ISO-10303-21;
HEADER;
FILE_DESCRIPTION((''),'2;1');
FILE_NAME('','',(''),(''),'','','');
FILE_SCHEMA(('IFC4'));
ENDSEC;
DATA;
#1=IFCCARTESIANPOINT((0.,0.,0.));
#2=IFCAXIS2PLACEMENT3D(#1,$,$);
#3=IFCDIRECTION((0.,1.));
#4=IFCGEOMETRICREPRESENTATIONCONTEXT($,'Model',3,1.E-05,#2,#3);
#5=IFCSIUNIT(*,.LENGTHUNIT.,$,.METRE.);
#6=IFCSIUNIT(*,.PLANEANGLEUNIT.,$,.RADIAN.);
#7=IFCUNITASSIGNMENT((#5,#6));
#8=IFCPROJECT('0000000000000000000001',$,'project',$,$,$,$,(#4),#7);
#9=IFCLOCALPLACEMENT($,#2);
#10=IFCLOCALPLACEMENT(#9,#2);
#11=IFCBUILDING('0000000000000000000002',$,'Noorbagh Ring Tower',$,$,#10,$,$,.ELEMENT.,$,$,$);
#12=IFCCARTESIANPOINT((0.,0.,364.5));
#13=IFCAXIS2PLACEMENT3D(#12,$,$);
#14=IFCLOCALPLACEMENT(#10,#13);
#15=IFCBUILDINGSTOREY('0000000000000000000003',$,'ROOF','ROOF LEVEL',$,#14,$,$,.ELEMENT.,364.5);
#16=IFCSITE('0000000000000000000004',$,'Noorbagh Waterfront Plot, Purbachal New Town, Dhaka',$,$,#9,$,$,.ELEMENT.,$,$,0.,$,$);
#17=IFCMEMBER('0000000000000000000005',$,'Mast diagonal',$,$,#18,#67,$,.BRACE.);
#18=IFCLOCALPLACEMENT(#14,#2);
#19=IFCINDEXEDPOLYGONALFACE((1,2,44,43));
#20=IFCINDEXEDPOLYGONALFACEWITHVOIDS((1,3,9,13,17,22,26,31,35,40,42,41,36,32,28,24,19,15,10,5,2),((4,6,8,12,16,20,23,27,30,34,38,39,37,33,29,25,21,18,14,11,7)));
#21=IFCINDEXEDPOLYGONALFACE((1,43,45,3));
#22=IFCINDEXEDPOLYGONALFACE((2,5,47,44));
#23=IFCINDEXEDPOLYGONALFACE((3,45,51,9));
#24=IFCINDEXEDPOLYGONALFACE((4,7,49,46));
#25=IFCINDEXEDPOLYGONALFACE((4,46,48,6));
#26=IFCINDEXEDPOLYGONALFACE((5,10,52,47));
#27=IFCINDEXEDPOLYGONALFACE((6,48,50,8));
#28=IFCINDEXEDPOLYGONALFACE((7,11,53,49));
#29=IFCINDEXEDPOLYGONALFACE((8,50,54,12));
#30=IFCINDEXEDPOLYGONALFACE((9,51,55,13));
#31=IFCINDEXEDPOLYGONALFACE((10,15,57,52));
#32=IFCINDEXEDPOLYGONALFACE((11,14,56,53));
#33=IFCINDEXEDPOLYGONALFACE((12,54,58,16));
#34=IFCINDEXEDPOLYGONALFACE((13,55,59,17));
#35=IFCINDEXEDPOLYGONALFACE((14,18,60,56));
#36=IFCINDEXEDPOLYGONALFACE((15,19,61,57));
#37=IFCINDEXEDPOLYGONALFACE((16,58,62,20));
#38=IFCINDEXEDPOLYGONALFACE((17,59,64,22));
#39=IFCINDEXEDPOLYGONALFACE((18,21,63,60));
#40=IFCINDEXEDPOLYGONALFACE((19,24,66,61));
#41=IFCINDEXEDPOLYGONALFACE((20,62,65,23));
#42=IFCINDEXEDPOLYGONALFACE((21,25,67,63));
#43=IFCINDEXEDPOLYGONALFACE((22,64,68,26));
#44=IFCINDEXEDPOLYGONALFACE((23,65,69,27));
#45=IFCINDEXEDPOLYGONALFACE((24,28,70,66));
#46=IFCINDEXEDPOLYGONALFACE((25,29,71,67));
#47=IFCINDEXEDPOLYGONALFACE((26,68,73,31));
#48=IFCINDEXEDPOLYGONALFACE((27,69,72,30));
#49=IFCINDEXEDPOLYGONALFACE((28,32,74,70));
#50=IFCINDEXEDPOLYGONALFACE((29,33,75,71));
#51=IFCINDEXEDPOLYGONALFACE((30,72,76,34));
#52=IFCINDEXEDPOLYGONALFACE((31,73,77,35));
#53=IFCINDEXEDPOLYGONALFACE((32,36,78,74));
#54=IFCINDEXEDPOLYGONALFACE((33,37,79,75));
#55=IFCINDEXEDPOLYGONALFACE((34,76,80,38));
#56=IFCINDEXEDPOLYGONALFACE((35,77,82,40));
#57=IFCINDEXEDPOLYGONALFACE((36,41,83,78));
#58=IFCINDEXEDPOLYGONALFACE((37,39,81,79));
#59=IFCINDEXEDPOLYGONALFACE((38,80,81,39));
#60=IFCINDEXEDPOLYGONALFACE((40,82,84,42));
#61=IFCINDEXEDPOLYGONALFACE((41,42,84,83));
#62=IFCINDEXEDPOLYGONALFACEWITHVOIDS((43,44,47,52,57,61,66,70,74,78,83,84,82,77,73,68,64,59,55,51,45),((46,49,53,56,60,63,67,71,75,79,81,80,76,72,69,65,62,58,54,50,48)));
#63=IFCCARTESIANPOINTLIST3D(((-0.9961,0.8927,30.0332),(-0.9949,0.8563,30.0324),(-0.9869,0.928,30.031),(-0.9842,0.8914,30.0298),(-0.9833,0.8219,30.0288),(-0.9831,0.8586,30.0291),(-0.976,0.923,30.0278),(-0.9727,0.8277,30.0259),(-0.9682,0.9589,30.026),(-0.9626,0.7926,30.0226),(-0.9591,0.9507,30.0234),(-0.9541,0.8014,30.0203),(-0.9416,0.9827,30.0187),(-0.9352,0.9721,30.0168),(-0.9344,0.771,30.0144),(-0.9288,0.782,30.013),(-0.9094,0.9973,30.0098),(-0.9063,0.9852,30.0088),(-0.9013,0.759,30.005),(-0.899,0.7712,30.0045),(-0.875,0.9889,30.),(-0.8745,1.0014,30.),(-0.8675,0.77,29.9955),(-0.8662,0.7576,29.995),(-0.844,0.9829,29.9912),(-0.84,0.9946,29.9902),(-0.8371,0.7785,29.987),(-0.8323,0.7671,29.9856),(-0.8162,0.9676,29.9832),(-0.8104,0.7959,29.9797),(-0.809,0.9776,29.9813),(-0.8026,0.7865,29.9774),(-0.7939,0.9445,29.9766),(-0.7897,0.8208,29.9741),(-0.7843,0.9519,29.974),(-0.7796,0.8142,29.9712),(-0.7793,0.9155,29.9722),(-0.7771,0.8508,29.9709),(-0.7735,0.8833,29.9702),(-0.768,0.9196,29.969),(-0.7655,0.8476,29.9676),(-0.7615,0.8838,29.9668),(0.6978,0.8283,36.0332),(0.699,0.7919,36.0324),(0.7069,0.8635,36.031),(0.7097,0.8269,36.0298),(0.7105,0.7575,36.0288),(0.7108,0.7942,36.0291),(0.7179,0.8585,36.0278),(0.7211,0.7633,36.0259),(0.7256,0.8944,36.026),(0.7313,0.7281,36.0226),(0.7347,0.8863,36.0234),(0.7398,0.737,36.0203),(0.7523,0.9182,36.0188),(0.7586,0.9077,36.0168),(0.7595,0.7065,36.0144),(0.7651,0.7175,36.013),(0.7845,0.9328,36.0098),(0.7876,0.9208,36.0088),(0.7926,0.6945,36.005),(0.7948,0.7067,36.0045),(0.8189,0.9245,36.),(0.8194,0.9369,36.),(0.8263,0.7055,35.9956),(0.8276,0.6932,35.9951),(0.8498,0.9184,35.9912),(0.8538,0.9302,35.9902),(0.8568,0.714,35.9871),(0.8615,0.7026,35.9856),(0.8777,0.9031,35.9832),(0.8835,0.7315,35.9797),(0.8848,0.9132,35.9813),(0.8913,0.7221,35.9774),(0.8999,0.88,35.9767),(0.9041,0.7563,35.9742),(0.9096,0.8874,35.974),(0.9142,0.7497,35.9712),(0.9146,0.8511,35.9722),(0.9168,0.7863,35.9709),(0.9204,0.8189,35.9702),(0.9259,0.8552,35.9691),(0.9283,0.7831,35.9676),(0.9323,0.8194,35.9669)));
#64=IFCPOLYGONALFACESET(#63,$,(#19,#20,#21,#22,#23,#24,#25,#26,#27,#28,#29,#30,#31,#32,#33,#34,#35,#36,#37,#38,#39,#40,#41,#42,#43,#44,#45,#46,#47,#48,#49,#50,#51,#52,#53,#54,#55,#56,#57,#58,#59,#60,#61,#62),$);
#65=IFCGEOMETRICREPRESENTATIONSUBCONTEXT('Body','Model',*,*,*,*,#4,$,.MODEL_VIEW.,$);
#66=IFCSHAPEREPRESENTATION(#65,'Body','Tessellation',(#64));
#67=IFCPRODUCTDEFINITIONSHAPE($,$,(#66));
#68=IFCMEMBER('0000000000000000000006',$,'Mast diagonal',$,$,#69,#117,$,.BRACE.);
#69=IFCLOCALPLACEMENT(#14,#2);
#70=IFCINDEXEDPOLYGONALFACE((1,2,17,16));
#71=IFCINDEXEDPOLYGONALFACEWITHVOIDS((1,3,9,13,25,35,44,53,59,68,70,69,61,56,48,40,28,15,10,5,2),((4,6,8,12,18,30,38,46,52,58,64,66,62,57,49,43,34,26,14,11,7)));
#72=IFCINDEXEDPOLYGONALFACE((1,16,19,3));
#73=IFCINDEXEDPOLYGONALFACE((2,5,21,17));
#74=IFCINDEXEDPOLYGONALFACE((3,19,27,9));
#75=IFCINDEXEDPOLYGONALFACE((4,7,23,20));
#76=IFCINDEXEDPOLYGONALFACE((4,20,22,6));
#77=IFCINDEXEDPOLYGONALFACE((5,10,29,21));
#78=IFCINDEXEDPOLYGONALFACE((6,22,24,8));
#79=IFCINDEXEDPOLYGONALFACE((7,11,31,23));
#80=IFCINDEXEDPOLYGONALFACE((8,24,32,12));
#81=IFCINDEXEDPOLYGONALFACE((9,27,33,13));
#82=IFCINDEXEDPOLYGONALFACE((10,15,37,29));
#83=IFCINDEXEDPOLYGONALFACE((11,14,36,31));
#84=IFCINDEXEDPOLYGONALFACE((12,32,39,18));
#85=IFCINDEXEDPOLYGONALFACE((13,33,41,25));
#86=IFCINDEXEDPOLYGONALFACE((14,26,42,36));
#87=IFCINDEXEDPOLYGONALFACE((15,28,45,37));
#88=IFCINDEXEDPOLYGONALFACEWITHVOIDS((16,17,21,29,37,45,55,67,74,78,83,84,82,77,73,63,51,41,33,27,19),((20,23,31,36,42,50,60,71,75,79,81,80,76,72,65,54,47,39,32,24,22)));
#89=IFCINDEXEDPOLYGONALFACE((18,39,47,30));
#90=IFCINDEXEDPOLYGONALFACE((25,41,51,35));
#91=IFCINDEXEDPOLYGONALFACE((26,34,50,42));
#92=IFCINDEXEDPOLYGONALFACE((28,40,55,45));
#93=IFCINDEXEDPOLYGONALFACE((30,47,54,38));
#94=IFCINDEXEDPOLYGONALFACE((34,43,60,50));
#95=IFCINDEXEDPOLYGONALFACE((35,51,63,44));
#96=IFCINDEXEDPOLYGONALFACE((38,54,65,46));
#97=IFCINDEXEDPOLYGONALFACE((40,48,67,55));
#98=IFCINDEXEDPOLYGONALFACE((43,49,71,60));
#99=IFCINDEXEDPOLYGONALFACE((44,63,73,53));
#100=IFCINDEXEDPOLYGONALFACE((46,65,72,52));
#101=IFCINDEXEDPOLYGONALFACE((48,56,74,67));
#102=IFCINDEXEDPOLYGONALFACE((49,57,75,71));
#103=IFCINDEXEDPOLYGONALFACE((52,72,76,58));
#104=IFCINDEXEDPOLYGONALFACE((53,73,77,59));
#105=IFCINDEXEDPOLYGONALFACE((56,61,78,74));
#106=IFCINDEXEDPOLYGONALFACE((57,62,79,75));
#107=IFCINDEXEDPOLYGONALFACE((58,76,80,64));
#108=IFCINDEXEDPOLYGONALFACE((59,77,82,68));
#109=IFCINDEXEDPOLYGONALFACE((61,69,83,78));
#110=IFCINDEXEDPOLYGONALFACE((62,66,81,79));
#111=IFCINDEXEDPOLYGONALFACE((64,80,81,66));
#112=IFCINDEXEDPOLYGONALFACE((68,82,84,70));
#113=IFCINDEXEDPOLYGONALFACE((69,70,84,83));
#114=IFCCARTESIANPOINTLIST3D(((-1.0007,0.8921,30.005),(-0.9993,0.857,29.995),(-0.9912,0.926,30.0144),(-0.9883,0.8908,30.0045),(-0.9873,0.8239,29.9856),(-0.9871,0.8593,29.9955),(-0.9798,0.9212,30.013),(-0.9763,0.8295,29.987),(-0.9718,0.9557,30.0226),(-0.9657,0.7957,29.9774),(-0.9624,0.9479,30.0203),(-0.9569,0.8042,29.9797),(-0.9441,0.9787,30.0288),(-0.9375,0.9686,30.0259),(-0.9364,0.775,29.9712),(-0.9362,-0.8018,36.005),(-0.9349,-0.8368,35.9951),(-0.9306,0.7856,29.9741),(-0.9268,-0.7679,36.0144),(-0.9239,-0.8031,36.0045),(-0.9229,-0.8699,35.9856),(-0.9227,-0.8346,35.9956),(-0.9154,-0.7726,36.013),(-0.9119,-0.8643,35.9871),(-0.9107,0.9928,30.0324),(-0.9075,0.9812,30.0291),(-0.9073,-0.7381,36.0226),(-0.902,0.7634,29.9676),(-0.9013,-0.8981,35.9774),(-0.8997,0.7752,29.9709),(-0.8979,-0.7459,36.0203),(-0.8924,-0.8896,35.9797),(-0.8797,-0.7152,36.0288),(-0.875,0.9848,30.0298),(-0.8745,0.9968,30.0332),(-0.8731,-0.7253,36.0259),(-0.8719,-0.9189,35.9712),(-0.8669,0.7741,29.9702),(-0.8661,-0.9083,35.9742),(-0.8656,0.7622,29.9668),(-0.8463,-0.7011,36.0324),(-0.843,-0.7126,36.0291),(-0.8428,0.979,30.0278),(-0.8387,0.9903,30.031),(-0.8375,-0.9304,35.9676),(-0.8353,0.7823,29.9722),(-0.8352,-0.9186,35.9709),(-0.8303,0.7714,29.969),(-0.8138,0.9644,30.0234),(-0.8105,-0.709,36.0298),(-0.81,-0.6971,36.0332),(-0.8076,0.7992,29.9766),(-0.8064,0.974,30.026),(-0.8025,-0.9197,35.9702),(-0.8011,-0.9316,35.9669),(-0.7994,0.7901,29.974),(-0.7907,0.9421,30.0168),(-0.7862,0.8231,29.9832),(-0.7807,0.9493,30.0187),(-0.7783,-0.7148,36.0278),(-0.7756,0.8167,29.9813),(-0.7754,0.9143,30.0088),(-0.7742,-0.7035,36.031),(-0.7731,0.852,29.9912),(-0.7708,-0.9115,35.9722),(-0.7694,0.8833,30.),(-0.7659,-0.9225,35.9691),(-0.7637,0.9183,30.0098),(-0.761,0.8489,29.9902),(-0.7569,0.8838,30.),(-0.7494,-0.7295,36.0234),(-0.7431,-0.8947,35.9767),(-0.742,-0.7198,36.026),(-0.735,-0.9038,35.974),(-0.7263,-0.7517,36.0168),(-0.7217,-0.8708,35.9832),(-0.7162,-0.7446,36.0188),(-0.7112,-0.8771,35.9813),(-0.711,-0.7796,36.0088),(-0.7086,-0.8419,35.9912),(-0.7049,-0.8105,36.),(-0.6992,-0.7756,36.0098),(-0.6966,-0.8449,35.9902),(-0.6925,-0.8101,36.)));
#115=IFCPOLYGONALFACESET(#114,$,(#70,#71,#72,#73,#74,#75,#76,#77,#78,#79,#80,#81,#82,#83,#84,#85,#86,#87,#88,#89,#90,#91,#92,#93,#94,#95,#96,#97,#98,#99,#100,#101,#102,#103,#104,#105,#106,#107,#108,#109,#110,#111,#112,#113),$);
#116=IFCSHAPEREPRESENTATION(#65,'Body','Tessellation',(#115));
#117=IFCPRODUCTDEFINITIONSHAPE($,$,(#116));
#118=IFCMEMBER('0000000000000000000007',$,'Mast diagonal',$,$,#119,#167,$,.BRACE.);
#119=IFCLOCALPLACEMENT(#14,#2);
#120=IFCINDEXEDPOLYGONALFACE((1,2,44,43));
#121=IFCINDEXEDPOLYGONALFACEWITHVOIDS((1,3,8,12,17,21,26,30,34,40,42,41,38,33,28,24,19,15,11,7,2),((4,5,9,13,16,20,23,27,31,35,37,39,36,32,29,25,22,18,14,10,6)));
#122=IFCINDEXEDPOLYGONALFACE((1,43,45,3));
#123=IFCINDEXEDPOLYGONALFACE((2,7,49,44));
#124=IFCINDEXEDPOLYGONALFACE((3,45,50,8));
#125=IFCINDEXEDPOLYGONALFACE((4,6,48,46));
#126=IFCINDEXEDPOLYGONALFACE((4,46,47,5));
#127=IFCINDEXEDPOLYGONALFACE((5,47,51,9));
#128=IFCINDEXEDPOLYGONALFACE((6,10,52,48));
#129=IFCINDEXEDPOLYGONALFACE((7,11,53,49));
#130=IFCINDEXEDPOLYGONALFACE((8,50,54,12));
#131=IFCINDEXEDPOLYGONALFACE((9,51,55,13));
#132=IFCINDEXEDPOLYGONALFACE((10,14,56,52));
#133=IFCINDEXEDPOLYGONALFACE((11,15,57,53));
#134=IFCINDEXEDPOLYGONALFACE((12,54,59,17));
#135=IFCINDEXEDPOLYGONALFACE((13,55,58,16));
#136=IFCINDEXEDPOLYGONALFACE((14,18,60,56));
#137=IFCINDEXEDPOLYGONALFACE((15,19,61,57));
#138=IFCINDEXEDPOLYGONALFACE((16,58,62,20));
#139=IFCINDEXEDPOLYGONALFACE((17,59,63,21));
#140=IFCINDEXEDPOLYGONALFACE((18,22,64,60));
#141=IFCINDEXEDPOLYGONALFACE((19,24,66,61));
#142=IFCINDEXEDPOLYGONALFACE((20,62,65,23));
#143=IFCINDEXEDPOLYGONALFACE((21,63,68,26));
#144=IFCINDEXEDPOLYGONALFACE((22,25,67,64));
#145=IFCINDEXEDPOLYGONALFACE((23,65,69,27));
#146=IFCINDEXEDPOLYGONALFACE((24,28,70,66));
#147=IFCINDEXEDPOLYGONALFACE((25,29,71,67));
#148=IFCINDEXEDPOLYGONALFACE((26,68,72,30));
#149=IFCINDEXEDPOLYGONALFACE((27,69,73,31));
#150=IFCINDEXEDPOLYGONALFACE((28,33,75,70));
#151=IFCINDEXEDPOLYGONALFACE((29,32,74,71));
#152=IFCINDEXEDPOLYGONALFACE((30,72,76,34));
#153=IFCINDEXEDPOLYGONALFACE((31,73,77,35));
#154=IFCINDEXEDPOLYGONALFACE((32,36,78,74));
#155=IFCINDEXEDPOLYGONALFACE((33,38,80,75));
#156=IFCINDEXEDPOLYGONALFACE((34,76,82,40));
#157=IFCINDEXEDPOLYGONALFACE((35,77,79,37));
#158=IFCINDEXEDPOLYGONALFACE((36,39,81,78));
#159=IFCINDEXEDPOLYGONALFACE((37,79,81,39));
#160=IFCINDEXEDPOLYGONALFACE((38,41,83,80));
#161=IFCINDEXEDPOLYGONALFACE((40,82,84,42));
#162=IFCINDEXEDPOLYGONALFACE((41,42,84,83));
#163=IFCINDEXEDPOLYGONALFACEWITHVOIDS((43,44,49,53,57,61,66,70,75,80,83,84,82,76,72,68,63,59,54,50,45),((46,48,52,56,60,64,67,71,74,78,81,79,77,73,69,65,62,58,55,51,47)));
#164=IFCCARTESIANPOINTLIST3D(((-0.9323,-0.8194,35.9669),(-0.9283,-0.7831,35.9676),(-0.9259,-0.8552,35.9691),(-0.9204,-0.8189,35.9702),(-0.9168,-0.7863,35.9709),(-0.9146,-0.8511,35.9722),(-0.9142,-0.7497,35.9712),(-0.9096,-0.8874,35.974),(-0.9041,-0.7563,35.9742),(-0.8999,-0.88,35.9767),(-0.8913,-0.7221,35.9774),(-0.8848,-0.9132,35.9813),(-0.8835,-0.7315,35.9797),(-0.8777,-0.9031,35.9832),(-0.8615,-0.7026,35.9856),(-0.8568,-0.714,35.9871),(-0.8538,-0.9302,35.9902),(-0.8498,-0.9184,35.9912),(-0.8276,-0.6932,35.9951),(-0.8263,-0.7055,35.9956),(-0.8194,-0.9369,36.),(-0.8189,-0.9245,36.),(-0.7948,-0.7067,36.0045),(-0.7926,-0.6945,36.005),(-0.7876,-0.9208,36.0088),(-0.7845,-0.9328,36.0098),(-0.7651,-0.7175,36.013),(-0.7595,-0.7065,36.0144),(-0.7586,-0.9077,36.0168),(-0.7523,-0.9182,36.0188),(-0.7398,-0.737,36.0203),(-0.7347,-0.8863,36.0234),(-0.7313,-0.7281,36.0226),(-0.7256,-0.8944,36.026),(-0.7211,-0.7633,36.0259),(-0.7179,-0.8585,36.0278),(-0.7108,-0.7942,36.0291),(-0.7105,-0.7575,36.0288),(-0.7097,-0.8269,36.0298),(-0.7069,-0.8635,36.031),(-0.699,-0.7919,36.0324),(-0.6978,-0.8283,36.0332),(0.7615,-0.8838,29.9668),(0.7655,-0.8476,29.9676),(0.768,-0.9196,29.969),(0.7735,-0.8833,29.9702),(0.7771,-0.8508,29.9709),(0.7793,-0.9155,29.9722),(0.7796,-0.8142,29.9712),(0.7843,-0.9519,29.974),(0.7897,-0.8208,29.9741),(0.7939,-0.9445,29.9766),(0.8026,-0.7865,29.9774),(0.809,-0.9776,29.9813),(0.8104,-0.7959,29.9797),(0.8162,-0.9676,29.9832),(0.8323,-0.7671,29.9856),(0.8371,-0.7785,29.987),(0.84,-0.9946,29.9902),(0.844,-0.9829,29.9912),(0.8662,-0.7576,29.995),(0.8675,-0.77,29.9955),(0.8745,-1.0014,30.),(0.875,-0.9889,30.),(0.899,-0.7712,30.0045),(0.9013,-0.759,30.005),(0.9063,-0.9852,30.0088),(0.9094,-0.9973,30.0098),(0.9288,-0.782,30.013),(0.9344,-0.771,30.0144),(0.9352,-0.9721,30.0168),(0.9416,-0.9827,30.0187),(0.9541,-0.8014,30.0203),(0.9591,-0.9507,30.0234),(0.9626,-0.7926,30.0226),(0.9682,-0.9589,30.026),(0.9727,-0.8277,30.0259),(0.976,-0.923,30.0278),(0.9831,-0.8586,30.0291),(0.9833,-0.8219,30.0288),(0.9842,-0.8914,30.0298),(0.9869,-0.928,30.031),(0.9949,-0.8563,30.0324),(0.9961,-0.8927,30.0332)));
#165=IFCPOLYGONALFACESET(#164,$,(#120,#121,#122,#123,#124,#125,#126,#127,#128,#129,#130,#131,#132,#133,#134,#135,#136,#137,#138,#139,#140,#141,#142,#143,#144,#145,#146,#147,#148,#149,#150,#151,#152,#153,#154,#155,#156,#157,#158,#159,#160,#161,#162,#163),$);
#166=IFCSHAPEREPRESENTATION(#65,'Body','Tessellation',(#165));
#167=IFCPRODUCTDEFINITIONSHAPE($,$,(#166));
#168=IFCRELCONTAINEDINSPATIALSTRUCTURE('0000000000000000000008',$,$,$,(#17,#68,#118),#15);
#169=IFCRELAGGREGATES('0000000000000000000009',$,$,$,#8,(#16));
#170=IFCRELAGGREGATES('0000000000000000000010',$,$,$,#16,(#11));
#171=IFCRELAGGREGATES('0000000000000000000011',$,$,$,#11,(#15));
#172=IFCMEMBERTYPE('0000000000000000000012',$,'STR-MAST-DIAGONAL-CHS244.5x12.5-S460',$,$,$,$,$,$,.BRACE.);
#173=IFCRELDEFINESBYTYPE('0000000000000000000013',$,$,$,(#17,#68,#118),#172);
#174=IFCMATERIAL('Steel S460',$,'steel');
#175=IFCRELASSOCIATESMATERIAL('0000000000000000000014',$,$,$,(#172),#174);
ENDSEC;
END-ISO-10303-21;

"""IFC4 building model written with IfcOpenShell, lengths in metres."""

from ifc_helpers import new_model, si_unit, direction, frame, origin, origin_2d, place, context, subcontext, project, spatial, hollow_circle, extrude, material, material_profile, profile_set, type_object, element, save


model = new_model("IFC4")

# Units and contexts
model_context = context("Model", 3, precision=1e-05, world=origin(), true_north=direction((0.0, 1.0)))
body_context = subcontext(model_context, "Body", "Model", "MODEL_VIEW")
ifc_project = project(units=[si_unit("LENGTHUNIT", "METRE"), si_unit("PLANEANGLEUNIT", "RADIAN")], contexts=[model_context])

# Site, building, storey
site_placement = place(None, origin())
site = spatial("IfcSite", under=ifc_project, at=site_placement, Name="Noorbagh Waterfront Plot, Purbachal New Town, Dhaka", CompositionType="ELEMENT", RefElevation=0.0)
building_placement = place(site_placement, origin())
building = spatial("IfcBuilding", under=site, at=building_placement, Name="Noorbagh Ring Tower", CompositionType="ELEMENT")
storey_placement = place(building_placement, frame((0.0, 0.0, 364.5)))
storey = spatial("IfcBuildingStorey", under=building, at=storey_placement, Name="ROOF", Description="ROOF LEVEL", CompositionType="ELEMENT", Elevation=364.5)

# Members
ifc_material_1 = material(Name="Steel S460", Category="steel")
ifc_material_profile_1 = material_profile(ifc_material_1, hollow_circle(Radius=0.1223, WallThickness=0.0125, at=origin_2d()), Name="CHS244.5x12.5")
ifc_profile_set_1 = profile_set([ifc_material_profile_1], Name="Steel S460")
member_type_1 = type_object("IfcMemberType", Name="STR-MAST-DIAGONAL-CHS244.5x12.5-S460", PredefinedType="BRACE", material=ifc_profile_set_1)
for number, where, z_axis, x_axis, name in (
    (1, (-0.8792, 0.8792, 30.0), (0.271674, -0.010338, 0.962334), (0.038024, 0.999277, 0.0), "Mast diagonal"),
    (2, (-0.8792, 0.8792, 30.0), (0.010338, -0.271674, 0.962334), (0.999277, 0.038024, 0.0), "Mast diagonal"),
    (3, (0.8792, -0.8792, 30.0), (-0.271674, 0.010338, 0.962334), (-0.038024, -0.999277, 0.0), "Mast diagonal"),
):
    element("IfcMember", number, at=place(storey_placement, frame(where, z_axis=z_axis, x_axis=x_axis)), inside=storey, type_object=member_type_1, Name=name, PredefinedType="BRACE", context=body_context, shape_type="SweptSolid", body=[
        extrude(hollow_circle(Radius=0.1223, WallThickness=0.0125, at=origin_2d()), origin(), (0.0, 0.0, 1.0), 6.2349),
    ])

save(model, "model.ifc")
